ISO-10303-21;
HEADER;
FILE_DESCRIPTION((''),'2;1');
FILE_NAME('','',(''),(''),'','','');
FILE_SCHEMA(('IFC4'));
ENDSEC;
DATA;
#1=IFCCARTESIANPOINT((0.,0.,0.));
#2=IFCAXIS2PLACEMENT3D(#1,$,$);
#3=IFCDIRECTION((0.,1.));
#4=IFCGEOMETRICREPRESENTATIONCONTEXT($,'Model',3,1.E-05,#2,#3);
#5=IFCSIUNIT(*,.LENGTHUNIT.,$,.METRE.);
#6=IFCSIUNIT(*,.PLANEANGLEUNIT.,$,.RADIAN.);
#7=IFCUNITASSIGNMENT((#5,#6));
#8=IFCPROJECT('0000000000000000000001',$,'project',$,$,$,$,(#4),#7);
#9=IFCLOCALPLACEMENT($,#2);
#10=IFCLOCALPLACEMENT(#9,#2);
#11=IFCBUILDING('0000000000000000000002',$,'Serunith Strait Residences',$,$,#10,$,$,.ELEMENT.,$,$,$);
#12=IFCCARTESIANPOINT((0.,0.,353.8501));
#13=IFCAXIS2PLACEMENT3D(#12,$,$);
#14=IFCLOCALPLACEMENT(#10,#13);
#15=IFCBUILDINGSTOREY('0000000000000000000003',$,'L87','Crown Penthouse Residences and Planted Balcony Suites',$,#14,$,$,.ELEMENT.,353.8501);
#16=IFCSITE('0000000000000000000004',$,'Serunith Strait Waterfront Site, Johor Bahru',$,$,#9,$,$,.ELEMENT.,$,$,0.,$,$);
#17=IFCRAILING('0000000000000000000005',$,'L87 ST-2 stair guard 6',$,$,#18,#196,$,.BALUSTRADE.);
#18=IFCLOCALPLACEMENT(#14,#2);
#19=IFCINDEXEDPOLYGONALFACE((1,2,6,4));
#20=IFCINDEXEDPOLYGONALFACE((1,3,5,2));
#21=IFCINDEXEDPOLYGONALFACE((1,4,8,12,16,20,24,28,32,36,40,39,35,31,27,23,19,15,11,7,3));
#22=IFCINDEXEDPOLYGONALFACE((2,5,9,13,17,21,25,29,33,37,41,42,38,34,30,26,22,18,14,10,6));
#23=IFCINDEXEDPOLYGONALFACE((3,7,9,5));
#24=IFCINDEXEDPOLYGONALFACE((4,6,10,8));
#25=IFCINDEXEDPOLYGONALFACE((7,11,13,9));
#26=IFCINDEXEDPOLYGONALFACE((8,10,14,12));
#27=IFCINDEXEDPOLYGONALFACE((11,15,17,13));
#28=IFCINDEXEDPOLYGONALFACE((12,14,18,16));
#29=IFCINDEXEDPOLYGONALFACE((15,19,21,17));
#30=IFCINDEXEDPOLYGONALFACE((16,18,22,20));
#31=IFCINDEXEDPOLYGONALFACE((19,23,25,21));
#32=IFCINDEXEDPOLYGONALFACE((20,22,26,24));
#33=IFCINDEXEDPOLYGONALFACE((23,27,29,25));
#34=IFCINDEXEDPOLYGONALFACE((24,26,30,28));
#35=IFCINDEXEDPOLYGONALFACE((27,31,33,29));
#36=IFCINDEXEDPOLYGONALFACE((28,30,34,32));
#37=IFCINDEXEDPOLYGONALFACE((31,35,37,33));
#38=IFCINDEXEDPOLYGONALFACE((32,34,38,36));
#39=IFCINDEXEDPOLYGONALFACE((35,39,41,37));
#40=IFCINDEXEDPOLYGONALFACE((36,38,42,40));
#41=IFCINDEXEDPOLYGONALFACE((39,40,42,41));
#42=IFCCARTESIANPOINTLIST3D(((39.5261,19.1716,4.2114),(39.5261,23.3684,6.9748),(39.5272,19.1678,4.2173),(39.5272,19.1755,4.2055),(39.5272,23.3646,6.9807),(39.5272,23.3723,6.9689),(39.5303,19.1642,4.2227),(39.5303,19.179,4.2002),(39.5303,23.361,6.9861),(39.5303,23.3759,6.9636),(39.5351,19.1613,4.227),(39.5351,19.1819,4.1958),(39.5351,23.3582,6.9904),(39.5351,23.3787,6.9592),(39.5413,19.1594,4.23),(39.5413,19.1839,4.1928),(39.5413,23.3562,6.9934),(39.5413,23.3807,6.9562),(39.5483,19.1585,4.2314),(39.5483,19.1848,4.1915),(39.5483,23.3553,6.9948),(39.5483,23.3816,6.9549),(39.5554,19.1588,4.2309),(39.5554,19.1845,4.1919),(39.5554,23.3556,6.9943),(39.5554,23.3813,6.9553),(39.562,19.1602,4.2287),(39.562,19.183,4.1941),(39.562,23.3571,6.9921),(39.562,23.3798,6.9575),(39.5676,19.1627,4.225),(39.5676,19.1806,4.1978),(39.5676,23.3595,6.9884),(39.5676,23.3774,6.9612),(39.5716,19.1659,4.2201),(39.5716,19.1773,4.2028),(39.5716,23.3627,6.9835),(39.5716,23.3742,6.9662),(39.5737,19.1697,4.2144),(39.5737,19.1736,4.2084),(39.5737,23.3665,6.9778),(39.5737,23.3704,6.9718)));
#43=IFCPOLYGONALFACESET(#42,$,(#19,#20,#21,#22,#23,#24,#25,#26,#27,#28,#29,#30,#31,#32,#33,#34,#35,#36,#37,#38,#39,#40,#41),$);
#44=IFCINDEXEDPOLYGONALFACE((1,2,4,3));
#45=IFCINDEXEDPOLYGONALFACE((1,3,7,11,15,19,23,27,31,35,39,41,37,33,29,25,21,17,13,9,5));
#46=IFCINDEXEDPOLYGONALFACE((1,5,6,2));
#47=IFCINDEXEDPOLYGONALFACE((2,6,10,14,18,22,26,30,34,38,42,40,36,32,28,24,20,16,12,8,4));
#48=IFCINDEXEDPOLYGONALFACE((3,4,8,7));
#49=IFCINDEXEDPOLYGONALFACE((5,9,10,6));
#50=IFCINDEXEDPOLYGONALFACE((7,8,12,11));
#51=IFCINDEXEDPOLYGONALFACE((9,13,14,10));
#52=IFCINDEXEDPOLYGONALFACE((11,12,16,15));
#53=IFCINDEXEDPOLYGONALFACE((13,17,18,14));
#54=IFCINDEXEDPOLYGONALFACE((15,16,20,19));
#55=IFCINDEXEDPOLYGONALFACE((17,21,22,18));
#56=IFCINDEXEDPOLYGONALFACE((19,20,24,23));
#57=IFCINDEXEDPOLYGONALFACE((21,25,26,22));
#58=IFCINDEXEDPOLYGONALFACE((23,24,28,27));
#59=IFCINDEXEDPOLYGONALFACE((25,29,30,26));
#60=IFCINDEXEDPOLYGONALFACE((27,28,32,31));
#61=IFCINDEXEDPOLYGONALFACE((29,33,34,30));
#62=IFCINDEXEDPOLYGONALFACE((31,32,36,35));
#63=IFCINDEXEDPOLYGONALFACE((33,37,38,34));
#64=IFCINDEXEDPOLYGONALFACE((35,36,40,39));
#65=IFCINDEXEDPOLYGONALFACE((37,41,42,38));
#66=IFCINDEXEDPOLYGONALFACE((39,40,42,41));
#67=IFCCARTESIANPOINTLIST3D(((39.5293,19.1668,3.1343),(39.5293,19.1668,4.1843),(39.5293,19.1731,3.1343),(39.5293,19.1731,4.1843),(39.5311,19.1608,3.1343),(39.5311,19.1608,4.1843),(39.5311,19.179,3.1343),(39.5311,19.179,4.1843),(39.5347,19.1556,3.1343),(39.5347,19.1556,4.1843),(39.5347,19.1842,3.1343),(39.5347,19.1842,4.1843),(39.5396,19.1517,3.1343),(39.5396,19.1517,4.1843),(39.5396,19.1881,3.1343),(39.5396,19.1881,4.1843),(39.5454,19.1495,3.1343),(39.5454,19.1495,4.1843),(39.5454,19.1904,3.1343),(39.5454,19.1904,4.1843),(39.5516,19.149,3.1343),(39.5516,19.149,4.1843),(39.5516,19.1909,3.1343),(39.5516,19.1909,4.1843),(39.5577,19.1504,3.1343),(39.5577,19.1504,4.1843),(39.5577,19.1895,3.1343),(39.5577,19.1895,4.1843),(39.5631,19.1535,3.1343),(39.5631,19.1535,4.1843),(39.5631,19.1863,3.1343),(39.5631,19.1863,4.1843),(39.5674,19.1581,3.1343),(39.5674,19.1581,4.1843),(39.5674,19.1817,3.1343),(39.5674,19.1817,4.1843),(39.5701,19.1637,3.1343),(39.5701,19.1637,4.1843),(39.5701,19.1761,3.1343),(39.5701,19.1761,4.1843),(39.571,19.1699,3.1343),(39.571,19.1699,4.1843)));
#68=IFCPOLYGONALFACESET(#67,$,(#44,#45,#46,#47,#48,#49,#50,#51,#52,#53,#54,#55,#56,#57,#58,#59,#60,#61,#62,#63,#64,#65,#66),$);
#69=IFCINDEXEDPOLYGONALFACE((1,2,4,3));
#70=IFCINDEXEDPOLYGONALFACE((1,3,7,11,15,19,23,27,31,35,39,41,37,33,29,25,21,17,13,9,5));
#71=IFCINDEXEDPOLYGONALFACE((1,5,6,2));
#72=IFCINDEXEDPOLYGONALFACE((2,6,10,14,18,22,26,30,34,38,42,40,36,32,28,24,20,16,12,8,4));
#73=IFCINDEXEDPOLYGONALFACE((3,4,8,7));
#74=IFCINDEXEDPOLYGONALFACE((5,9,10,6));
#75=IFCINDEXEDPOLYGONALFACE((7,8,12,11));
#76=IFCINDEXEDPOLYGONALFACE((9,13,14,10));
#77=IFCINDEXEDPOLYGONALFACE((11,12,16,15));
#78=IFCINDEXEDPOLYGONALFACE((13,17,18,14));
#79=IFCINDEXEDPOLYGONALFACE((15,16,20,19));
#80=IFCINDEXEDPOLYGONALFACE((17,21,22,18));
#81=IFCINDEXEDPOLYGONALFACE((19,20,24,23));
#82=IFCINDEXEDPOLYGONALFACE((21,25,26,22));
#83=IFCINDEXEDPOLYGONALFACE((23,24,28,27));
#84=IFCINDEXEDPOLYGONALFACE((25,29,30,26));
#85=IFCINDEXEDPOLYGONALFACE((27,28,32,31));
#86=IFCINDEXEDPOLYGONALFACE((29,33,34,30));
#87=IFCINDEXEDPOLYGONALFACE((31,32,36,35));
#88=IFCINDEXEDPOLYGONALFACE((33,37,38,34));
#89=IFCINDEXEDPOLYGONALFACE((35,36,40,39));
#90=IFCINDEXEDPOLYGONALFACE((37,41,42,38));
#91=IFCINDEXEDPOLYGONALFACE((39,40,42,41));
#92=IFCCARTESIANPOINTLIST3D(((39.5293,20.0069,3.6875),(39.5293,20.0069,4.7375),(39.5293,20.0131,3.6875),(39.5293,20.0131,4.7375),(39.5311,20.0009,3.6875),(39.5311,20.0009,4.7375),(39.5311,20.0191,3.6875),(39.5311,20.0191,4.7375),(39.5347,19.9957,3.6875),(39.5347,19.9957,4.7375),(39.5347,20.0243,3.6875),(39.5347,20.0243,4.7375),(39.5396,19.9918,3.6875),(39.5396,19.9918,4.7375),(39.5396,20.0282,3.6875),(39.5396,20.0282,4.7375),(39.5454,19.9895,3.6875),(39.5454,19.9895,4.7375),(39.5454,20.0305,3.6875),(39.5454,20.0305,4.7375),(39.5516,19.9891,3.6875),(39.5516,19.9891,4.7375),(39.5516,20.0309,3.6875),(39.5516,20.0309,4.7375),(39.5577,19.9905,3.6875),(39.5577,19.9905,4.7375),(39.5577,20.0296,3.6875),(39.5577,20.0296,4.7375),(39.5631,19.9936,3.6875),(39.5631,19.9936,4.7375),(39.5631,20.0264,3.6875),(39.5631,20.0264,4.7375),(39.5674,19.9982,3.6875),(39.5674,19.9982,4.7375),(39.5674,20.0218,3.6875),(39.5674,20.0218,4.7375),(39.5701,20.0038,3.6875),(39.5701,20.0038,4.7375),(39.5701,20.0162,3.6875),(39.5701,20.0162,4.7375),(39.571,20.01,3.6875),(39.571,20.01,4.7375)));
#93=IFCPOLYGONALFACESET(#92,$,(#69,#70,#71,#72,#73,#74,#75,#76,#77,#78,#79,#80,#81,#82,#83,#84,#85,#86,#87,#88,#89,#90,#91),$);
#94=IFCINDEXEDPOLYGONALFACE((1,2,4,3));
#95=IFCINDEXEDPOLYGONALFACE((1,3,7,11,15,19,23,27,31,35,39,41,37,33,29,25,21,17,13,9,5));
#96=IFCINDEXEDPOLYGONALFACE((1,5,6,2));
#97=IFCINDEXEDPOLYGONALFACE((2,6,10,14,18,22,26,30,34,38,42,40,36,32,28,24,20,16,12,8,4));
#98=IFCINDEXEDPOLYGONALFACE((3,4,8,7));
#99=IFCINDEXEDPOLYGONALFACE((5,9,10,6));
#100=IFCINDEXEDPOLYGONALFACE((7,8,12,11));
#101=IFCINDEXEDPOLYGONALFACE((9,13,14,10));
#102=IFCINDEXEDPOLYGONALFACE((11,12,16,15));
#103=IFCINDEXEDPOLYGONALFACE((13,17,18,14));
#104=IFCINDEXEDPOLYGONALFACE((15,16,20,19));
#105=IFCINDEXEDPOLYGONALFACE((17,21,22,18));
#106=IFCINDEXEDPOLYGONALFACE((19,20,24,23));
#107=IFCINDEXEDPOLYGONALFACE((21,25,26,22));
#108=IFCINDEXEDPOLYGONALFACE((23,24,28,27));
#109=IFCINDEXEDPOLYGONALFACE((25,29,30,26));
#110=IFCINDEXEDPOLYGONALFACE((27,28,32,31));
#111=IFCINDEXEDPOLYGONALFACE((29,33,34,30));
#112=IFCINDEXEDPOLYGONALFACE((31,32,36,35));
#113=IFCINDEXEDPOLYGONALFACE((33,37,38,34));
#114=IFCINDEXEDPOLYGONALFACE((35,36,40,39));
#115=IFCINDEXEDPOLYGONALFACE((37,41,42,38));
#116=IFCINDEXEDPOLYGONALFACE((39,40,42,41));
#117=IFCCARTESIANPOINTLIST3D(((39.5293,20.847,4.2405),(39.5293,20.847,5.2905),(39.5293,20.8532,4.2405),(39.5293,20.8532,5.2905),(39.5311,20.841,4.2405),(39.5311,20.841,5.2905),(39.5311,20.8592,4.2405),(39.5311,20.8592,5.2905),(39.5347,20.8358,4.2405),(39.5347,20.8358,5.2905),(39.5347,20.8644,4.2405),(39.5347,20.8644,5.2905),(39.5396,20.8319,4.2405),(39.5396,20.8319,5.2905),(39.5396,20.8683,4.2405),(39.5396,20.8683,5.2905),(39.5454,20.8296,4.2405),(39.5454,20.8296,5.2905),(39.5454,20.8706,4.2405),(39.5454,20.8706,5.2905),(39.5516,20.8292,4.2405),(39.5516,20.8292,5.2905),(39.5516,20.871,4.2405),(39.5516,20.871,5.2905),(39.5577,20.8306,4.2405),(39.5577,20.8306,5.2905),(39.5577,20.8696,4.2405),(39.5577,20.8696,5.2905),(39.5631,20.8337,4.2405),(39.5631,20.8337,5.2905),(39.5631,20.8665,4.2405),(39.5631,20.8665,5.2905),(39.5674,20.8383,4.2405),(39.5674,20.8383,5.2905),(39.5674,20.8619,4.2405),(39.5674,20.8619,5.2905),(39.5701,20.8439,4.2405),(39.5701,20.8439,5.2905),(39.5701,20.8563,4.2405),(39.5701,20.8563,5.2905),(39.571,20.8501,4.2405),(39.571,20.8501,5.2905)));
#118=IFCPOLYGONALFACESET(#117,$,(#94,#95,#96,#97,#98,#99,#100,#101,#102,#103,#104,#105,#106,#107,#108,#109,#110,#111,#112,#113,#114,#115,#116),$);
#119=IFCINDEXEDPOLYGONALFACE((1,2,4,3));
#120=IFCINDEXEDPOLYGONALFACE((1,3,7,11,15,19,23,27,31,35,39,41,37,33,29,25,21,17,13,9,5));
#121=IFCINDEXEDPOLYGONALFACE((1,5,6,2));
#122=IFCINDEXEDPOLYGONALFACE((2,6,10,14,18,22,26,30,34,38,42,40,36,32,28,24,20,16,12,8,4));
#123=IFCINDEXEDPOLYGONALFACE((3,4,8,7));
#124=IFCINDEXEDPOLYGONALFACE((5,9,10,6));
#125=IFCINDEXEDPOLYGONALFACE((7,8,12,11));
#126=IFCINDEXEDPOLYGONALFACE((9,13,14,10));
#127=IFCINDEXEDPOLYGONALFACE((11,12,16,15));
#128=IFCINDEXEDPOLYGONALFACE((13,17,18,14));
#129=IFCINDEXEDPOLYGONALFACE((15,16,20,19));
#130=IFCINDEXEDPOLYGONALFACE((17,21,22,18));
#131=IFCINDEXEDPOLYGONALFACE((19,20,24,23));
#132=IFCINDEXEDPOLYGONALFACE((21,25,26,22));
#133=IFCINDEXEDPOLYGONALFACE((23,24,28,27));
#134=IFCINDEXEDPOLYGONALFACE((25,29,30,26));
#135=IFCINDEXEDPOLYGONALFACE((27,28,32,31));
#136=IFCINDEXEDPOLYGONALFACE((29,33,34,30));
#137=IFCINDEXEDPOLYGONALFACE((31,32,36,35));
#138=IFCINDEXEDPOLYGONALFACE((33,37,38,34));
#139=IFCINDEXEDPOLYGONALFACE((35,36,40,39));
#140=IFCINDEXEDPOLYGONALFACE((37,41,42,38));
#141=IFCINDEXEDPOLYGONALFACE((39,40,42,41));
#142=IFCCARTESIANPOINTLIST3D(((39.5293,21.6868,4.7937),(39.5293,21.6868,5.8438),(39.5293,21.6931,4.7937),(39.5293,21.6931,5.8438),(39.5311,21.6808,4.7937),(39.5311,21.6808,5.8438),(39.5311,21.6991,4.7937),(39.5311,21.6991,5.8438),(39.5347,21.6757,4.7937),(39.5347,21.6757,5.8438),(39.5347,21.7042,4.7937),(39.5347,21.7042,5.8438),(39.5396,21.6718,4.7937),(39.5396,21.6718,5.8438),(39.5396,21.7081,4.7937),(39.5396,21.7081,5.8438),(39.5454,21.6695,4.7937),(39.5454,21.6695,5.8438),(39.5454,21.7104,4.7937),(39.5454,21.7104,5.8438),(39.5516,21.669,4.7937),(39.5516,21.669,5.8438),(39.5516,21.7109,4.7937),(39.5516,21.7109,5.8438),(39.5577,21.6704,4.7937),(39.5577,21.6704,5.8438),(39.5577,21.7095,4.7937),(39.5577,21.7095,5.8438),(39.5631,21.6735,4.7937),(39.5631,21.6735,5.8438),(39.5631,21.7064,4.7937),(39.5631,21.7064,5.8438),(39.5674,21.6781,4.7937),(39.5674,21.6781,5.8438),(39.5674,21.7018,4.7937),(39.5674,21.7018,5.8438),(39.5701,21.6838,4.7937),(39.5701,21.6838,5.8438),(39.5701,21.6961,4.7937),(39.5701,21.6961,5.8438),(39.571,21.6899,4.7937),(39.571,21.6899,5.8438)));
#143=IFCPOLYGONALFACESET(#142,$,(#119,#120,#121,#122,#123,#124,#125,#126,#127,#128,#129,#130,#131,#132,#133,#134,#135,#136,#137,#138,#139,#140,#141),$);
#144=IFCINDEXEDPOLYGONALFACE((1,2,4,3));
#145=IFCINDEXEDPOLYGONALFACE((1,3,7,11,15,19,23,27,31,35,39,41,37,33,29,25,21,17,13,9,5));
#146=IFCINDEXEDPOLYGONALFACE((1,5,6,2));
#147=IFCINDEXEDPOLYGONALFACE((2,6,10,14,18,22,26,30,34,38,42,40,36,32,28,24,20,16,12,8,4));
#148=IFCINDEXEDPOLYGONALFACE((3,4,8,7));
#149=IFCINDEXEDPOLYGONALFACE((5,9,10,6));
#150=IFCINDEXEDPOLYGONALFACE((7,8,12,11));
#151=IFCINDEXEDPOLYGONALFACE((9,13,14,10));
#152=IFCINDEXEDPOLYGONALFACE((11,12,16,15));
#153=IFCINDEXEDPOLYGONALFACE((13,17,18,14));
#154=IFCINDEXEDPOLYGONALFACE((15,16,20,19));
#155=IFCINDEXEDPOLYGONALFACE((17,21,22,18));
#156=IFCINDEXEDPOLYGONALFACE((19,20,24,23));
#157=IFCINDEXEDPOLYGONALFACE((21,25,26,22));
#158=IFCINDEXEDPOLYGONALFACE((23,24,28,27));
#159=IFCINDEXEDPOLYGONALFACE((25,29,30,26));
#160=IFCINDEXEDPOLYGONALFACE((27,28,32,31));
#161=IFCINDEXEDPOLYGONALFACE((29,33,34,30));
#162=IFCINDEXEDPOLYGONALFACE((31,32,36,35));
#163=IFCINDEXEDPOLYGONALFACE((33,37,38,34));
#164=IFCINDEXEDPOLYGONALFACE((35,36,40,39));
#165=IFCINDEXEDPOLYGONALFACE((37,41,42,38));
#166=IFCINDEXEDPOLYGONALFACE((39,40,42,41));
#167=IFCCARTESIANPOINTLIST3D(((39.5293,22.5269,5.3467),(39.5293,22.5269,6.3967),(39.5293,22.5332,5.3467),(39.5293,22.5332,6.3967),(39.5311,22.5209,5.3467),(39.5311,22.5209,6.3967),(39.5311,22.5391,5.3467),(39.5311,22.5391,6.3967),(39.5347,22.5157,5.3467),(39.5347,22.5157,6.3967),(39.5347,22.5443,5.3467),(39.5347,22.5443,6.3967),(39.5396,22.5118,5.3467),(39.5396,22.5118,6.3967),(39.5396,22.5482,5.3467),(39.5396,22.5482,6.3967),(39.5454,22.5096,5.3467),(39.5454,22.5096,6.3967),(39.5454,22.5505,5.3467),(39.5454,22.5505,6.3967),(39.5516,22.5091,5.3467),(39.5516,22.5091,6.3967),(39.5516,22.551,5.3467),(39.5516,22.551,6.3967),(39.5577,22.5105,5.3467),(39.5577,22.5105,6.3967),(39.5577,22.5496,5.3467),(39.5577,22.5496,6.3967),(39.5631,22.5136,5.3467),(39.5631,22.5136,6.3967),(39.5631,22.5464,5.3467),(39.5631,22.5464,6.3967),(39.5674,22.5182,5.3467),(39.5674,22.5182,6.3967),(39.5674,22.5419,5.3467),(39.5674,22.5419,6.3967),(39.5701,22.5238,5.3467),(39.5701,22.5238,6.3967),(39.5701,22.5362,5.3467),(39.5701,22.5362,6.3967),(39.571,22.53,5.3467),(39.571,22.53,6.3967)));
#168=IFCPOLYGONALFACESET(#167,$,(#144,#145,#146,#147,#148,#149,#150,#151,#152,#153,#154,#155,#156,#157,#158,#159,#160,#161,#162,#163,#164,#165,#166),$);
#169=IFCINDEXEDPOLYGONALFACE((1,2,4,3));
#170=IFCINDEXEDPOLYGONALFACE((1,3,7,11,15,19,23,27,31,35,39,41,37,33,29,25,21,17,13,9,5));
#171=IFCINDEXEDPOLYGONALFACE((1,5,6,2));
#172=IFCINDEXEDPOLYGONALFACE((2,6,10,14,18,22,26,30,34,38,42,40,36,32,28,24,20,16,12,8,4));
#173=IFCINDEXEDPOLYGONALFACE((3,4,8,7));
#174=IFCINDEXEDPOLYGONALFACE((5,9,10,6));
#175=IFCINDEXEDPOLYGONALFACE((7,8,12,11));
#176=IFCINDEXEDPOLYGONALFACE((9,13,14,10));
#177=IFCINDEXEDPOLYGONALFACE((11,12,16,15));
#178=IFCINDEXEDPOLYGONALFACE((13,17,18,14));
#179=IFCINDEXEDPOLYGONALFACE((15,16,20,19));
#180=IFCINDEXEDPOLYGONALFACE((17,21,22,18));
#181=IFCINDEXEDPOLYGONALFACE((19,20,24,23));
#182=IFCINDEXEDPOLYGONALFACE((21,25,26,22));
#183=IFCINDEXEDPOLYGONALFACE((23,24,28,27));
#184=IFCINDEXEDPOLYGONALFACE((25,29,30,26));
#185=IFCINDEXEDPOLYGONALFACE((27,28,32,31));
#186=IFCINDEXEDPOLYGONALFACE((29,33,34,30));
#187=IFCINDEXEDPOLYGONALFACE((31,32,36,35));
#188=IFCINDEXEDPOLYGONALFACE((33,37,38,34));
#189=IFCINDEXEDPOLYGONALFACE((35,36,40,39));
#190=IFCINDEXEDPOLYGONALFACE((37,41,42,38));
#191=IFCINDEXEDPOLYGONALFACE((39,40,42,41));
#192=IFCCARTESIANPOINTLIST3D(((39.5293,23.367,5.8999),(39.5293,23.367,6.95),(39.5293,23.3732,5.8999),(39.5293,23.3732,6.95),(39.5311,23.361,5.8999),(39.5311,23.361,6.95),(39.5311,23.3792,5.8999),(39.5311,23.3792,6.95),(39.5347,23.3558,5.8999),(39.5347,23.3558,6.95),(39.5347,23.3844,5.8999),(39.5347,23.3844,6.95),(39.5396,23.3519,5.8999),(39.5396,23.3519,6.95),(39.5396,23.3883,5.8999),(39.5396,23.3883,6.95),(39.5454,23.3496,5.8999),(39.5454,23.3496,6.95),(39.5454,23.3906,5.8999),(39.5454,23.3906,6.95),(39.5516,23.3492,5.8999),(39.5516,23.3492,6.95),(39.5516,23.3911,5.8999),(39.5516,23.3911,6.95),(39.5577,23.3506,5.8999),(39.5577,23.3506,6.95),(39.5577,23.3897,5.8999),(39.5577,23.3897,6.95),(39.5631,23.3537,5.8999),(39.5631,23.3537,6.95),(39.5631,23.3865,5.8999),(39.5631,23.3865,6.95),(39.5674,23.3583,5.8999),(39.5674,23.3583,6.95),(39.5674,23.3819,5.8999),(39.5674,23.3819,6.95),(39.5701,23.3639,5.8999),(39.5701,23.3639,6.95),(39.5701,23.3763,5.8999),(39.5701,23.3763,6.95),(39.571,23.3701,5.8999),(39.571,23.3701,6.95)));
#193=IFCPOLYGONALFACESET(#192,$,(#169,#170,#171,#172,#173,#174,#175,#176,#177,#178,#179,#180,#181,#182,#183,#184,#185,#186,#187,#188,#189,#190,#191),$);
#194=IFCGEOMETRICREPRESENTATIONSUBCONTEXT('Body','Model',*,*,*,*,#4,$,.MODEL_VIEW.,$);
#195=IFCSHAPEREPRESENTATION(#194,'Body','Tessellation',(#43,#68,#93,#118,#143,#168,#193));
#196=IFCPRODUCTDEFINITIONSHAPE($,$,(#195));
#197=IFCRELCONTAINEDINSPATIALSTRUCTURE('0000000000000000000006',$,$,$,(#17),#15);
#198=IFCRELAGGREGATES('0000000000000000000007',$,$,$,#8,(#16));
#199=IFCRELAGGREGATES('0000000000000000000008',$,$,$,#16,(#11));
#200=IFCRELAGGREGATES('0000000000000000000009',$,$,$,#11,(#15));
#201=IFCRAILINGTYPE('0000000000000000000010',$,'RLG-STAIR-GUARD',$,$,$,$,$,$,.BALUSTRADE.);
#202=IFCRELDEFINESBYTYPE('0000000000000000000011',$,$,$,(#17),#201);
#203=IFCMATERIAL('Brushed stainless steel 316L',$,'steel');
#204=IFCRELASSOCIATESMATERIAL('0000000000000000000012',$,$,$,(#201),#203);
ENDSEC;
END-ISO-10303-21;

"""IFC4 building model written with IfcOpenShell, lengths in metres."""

from ifc_helpers import new_model, si_unit, direction, frame, origin, origin_2d, place, context, subcontext, project, spatial, circle, extrude, material, type_object, element, save


model = new_model("IFC4")

# Units and contexts
model_context = context("Model", 3, precision=1e-05, world=origin(), true_north=direction((0.0, 1.0)))
body_context = subcontext(model_context, "Body", "Model", "MODEL_VIEW")
ifc_project = project(units=[si_unit("LENGTHUNIT", "METRE"), si_unit("PLANEANGLEUNIT", "RADIAN")], contexts=[model_context])

# Site, building, storey
site_placement = place(None, origin())
site = spatial("IfcSite", under=ifc_project, at=site_placement, Name="Serunith Strait Waterfront Site, Johor Bahru", CompositionType="ELEMENT", RefElevation=0.0)
building_placement = place(site_placement, origin())
building = spatial("IfcBuilding", under=site, at=building_placement, Name="Serunith Strait Residences", CompositionType="ELEMENT")
storey_placement = place(building_placement, frame((0.0, 0.0, 353.8501)))
storey = spatial("IfcBuildingStorey", under=building, at=storey_placement, Name="L87", Description="Crown Penthouse Residences and Planted Balcony Suites", CompositionType="ELEMENT", Elevation=353.8501)

# Railing
ifc_material_1 = material(Name="Brushed stainless steel 316L", Category="steel")
railing_type_1 = type_object("IfcRailingType", Name="RLG-STAIR-GUARD", PredefinedType="BALUSTRADE", material=ifc_material_1)
railing_1_placement = place(storey_placement, frame((39.55, 19.1699, 3.1343)))
element("IfcRailing", 1, at=railing_1_placement, inside=storey, type_object=railing_type_1, Name="L87 ST-2 stair guard 6", PredefinedType="BALUSTRADE", context=body_context, shape_type="SweptSolid", body=[
    extrude(circle(Radius=0.0239, at=origin_2d()), frame((0.0, 0.0017, 1.0771), z_axis=(0.0, 0.835203, 0.549941), x_axis=(-1.0, 0.0, 0.0)), (0.0, 0.0, 1.0), 5.0249),
    extrude(circle(Radius=0.021, at=origin_2d()), origin(), (0.0, 0.0, 1.0), 1.05),
    extrude(circle(Radius=0.021, at=origin_2d()), frame((0.0, 0.8401, 0.5532)), (0.0, 0.0, 1.0), 1.05),
    extrude(circle(Radius=0.021, at=origin_2d()), frame((0.0, 1.6802, 1.1062)), (0.0, 0.0, 1.0), 1.05),
    extrude(circle(Radius=0.021, at=origin_2d()), frame((0.0, 2.52, 1.6594)), (0.0, 0.0, 1.0), 1.05),
    extrude(circle(Radius=0.021, at=origin_2d()), frame((0.0, 3.3601, 2.2124)), (0.0, 0.0, 1.0), 1.05),
    extrude(circle(Radius=0.021, at=origin_2d()), frame((0.0, 4.2002, 2.7656)), (0.0, 0.0, 1.0), 1.05),
])

save(model, "model.ifc")
